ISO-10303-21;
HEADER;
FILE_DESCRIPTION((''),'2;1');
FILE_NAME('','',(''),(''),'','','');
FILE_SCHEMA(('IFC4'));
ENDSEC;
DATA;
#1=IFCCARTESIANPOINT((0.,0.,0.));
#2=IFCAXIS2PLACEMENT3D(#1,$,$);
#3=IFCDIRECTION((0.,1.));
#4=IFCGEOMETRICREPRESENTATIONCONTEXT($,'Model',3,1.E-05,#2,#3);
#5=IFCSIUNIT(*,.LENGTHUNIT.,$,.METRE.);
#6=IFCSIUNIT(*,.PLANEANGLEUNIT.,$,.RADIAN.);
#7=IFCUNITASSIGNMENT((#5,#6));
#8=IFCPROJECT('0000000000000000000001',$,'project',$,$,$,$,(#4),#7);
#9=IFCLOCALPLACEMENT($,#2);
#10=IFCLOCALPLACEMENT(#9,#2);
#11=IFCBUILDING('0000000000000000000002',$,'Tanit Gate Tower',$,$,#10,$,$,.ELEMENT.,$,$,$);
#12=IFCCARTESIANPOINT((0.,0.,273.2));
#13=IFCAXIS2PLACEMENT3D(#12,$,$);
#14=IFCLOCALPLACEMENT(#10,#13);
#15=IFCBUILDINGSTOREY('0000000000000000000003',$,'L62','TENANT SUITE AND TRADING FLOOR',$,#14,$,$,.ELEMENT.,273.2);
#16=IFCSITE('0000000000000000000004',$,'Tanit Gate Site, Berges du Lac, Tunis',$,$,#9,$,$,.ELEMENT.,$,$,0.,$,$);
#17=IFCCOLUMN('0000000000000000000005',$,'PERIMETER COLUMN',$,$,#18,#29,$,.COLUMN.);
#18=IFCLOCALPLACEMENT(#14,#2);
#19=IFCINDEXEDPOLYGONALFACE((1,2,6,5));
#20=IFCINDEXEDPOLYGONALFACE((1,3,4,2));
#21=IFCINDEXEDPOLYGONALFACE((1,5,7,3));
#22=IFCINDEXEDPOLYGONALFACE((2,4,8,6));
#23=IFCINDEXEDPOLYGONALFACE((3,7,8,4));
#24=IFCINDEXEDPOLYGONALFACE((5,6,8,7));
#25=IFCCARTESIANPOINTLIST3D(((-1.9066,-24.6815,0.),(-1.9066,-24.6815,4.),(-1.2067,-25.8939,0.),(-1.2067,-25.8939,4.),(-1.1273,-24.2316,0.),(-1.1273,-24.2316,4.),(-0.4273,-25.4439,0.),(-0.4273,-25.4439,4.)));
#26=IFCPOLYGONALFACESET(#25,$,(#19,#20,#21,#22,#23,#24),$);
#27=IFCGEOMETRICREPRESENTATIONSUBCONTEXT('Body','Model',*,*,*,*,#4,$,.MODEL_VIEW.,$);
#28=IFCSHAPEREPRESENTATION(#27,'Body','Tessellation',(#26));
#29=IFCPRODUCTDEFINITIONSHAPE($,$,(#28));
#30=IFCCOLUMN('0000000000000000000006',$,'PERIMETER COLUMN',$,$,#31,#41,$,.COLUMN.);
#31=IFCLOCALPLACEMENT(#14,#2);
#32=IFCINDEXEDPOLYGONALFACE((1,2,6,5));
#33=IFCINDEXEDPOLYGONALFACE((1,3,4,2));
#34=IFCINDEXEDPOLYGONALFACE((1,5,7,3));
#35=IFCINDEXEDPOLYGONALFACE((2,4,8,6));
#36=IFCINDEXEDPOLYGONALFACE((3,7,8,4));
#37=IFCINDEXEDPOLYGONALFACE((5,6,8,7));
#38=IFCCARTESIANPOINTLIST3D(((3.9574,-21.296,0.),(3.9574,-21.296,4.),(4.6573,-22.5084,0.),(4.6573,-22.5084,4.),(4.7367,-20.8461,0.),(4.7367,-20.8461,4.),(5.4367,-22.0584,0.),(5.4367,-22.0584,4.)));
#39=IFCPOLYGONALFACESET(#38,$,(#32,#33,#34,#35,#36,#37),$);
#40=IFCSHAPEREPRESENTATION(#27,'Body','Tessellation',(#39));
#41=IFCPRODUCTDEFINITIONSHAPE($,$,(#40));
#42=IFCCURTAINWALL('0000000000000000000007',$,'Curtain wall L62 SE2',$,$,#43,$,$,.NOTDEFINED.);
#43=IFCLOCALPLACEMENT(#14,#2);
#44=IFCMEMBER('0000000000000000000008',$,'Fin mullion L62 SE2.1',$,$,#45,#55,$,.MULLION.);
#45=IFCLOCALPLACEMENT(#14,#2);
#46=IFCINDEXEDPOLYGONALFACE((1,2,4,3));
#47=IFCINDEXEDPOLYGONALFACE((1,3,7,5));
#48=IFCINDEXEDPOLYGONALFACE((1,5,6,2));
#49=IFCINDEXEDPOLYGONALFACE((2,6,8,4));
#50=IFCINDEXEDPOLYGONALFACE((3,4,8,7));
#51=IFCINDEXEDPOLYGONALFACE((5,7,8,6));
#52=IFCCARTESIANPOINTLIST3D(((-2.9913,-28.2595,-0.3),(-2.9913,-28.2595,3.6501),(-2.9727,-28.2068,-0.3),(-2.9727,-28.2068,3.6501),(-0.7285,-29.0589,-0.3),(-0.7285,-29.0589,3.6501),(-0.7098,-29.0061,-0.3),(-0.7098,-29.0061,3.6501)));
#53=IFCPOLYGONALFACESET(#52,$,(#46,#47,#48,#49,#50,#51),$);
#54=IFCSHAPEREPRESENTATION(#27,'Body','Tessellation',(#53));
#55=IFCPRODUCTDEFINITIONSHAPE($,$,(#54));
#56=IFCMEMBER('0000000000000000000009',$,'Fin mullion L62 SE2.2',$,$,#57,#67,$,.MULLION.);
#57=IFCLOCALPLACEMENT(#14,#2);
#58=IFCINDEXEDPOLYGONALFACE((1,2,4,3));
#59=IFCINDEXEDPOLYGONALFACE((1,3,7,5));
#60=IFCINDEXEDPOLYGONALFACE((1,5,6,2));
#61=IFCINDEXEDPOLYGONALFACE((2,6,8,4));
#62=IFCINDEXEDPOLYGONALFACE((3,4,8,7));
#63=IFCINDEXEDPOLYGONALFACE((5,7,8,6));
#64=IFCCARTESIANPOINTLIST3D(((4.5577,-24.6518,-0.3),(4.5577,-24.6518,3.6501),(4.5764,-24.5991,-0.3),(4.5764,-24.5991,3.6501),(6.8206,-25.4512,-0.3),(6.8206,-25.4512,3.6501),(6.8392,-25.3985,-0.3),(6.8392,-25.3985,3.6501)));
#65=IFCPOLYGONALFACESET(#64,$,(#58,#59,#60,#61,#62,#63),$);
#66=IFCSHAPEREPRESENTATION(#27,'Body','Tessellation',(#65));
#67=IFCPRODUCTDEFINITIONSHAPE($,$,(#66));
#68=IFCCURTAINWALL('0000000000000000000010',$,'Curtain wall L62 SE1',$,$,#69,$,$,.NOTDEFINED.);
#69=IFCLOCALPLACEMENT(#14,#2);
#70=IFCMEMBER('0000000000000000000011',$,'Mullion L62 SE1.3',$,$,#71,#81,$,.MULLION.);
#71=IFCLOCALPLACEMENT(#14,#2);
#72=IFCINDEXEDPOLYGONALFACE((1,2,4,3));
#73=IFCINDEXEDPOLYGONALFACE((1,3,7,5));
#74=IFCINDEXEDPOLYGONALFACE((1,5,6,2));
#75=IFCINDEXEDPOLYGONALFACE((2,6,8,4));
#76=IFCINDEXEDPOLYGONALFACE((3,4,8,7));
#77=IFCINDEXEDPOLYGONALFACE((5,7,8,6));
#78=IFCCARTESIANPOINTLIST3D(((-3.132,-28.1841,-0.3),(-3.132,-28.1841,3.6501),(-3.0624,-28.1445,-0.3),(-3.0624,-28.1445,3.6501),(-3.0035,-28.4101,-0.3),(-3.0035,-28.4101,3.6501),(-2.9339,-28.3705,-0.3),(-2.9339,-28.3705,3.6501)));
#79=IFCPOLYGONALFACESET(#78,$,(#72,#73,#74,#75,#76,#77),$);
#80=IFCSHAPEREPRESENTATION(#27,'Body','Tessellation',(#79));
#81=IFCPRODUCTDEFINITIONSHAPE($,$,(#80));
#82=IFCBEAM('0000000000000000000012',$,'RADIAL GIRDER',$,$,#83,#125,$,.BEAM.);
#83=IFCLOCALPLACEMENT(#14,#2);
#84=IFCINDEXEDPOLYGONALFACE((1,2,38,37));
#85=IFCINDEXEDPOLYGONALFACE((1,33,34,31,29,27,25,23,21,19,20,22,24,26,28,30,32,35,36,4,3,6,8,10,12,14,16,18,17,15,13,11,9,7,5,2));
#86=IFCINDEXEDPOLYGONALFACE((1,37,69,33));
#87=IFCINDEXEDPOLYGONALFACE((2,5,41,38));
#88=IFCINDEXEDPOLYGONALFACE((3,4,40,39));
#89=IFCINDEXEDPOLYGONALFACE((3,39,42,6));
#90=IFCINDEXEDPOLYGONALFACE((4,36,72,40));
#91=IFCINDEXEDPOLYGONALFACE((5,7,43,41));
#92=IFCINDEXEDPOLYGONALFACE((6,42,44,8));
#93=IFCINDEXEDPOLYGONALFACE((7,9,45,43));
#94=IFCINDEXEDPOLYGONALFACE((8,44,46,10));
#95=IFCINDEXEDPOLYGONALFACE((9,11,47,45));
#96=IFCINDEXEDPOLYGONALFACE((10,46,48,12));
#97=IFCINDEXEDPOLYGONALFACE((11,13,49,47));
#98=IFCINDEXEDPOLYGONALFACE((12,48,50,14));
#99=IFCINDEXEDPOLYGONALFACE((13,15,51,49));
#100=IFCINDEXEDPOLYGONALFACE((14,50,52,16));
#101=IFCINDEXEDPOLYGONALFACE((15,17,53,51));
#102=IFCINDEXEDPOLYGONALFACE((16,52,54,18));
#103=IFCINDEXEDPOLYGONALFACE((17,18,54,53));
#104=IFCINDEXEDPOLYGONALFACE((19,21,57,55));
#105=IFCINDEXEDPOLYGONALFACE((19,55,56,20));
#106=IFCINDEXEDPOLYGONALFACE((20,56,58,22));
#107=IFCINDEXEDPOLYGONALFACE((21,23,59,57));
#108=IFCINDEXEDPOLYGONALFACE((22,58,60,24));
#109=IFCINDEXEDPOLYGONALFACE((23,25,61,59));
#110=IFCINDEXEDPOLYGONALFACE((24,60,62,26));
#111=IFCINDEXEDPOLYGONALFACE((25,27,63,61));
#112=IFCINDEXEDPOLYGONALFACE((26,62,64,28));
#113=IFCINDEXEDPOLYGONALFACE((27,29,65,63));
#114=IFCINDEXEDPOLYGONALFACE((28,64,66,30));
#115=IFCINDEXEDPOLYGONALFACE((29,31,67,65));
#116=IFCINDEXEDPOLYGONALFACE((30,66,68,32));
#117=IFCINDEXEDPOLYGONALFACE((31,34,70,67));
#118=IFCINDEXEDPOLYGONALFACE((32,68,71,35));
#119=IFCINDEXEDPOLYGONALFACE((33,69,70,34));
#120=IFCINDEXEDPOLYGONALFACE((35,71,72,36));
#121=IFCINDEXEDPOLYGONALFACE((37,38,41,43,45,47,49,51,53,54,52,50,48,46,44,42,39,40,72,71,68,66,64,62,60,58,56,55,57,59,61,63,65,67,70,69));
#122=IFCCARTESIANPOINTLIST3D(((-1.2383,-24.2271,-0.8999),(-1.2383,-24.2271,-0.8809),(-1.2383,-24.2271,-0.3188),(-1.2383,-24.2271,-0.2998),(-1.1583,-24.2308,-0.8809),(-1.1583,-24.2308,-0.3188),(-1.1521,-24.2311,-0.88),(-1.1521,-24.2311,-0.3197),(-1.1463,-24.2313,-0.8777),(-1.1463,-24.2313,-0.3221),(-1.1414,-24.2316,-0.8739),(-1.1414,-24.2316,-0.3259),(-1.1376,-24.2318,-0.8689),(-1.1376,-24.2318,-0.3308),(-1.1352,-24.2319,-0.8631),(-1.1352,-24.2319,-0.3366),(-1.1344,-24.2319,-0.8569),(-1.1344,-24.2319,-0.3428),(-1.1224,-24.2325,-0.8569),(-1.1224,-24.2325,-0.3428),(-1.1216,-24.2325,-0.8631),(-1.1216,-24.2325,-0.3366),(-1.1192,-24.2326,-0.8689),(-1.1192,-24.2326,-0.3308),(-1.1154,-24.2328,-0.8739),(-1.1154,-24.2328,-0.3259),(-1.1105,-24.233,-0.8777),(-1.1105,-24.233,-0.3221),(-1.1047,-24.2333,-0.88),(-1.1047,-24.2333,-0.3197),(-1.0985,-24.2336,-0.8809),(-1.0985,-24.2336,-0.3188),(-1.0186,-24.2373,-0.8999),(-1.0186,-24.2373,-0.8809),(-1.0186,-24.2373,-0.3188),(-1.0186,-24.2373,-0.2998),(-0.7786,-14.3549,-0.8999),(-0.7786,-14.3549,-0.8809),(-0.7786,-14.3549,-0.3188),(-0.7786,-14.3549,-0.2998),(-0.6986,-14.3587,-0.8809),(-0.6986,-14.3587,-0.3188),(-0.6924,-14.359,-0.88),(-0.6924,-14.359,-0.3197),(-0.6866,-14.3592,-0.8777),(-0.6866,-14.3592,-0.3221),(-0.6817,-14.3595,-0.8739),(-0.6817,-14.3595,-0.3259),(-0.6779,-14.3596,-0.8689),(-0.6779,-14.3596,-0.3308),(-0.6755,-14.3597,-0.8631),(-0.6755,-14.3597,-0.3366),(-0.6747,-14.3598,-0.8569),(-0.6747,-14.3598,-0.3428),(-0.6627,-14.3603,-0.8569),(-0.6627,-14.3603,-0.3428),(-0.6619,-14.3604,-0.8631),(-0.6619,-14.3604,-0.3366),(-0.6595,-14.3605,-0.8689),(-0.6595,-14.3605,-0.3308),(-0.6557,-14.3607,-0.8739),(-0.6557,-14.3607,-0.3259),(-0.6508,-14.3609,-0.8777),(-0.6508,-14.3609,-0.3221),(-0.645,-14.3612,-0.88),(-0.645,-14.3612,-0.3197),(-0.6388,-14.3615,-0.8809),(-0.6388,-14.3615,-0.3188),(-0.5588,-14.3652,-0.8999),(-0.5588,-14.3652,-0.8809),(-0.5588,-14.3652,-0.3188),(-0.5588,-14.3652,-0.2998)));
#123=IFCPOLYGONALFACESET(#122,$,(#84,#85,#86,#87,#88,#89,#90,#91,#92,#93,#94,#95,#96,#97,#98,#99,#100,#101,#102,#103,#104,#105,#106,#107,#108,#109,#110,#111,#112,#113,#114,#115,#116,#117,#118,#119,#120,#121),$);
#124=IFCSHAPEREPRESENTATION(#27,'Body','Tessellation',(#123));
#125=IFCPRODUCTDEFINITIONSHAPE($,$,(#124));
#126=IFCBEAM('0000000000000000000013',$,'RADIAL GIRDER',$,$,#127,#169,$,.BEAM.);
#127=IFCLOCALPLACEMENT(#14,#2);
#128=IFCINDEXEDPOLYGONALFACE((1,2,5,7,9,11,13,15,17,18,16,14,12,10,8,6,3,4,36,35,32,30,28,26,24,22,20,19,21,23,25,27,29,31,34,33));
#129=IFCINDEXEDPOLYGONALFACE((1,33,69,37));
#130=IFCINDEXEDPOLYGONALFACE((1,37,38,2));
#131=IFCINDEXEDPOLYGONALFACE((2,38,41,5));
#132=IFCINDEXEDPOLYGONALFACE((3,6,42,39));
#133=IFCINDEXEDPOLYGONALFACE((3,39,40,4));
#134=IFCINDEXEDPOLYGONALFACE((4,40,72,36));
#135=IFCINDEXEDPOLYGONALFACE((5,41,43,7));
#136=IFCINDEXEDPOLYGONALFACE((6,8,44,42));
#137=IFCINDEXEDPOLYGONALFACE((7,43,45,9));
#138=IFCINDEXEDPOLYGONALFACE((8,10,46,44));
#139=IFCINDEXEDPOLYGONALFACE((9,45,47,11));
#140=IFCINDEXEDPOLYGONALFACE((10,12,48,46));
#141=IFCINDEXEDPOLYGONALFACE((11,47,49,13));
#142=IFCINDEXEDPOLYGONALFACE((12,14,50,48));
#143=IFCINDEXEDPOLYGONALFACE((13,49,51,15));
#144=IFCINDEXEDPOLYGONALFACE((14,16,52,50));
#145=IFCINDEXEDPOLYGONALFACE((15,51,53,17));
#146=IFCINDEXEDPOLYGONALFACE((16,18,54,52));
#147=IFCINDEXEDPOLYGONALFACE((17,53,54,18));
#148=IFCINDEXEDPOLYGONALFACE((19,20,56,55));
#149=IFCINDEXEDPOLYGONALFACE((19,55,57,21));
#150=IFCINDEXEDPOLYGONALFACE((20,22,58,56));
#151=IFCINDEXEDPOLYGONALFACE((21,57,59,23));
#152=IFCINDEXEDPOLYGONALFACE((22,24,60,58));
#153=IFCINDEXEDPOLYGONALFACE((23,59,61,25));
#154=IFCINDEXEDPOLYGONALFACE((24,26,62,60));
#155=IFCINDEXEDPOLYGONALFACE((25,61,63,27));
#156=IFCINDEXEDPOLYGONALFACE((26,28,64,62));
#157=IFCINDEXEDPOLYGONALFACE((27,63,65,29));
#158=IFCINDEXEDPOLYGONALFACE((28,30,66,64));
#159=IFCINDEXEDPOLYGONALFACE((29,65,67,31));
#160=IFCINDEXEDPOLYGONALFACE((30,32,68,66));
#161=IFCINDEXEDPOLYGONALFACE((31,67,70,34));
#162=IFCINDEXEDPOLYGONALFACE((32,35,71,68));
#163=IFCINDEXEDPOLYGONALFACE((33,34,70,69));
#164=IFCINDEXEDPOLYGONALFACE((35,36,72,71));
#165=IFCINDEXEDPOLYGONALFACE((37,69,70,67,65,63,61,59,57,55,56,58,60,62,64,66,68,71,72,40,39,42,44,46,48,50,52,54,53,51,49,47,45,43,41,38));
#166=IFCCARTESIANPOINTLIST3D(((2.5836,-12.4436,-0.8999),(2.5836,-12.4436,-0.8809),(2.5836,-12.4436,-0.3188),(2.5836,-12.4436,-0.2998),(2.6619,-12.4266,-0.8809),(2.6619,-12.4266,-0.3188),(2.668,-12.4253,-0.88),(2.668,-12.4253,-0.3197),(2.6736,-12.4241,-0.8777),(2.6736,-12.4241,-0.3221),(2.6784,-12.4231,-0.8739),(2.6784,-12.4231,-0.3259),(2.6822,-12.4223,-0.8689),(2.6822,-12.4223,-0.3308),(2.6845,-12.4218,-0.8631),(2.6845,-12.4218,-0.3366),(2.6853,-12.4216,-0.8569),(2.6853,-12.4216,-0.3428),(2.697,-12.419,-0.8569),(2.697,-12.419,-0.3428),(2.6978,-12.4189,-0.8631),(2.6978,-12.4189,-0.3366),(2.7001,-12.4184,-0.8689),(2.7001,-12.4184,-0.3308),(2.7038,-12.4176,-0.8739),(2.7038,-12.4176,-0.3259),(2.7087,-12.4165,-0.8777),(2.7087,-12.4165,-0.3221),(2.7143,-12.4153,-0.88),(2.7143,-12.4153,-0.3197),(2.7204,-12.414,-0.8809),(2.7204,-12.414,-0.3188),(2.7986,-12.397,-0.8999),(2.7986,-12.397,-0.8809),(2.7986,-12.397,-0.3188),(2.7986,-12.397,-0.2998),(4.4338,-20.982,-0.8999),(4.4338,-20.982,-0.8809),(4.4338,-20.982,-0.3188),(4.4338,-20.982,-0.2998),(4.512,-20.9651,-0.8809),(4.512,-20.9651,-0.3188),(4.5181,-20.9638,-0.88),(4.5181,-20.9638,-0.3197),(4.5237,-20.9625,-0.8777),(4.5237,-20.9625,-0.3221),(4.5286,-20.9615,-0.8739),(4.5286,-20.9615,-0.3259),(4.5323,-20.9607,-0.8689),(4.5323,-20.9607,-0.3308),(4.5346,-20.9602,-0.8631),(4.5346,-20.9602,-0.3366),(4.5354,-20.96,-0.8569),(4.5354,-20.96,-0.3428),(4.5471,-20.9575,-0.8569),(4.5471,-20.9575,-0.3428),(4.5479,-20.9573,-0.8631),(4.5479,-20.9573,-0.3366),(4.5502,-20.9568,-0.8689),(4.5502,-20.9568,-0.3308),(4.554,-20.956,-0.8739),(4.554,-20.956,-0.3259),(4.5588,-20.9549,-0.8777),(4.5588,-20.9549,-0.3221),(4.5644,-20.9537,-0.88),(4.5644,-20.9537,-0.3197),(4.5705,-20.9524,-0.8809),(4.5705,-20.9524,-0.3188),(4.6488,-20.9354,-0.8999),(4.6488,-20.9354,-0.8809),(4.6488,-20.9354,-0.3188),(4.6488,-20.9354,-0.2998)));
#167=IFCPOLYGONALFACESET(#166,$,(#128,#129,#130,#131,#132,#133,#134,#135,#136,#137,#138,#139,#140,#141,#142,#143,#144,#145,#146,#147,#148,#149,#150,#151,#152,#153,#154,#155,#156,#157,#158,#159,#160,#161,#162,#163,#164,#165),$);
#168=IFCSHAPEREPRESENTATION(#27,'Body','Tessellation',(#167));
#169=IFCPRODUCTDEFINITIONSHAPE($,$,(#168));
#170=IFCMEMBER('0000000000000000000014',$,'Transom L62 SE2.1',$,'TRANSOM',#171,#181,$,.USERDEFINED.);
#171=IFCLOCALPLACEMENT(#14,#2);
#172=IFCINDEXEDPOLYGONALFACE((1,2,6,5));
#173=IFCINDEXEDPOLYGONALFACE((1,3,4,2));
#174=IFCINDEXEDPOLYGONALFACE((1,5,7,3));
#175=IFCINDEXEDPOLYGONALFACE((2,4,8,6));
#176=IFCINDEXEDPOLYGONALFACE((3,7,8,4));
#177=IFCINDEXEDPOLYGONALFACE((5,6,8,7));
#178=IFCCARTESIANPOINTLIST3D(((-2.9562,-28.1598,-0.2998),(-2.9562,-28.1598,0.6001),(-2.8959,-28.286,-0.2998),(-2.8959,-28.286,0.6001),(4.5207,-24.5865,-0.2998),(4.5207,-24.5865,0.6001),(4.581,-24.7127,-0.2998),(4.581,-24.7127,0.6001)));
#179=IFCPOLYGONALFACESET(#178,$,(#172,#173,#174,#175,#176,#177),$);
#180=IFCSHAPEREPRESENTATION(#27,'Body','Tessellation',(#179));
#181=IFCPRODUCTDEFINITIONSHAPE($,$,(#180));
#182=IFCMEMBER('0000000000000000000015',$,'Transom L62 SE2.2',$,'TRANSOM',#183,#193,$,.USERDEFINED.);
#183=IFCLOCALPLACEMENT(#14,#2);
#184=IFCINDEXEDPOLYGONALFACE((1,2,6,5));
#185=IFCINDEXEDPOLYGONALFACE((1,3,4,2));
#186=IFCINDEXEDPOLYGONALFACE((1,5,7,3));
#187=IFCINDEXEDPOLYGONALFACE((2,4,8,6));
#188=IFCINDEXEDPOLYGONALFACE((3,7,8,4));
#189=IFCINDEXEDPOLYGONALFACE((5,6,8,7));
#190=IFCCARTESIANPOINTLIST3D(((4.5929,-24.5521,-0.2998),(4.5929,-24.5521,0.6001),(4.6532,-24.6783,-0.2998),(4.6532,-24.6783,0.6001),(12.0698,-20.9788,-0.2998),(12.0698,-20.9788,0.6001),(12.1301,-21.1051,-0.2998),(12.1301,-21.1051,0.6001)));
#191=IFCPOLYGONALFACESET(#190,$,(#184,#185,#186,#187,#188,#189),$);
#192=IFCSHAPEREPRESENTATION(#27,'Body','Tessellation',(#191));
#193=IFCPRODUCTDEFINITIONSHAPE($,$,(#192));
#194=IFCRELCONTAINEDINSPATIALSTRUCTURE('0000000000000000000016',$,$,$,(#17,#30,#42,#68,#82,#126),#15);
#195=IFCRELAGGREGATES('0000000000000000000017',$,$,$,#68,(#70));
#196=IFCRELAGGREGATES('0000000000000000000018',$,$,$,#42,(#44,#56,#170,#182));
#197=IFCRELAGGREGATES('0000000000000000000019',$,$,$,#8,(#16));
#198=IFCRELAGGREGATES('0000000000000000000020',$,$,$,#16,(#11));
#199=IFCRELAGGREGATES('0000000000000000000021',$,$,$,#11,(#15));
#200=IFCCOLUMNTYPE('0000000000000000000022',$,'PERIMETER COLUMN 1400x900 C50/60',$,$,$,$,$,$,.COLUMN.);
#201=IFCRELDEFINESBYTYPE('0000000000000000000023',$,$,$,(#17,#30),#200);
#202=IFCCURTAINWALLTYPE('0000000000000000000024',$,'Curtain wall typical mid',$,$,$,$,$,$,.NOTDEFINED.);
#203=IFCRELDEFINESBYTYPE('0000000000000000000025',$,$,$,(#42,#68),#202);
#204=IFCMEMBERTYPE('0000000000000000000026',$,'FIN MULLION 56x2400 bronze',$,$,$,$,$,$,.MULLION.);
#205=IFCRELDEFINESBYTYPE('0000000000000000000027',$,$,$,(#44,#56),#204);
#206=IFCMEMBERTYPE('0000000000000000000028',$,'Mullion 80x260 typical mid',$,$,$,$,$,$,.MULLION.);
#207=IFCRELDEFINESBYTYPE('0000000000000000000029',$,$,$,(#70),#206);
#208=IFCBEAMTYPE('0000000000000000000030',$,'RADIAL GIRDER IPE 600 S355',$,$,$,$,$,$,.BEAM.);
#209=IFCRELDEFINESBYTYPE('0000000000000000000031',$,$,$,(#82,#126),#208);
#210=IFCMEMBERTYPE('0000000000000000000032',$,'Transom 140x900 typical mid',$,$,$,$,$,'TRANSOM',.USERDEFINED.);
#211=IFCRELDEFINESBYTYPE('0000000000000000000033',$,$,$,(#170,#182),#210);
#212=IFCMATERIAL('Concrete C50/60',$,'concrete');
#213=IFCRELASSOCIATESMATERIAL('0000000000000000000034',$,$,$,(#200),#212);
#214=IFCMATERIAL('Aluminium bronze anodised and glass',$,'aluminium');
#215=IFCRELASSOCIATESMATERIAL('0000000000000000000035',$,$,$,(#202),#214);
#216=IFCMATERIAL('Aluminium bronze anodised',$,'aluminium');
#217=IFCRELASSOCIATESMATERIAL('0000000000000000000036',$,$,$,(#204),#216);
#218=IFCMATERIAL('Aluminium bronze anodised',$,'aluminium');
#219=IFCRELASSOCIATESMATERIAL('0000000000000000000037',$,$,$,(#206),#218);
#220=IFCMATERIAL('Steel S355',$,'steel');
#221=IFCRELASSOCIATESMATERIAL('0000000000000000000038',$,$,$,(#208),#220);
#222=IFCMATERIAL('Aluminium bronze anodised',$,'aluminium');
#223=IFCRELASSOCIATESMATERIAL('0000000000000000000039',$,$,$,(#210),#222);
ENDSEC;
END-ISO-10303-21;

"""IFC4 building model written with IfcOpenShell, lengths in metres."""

from ifc_helpers import new_model, si_unit, direction, frame, origin, origin_2d, place, context, subcontext, project, spatial, rectangle, i_section, extrude, material, material_profile, profile_set, type_object, element, aggregate, save


model = new_model("IFC4")

# Units and contexts
model_context = context("Model", 3, precision=1e-05, world=origin(), true_north=direction((0.0, 1.0)))
body_context = subcontext(model_context, "Body", "Model", "MODEL_VIEW")
ifc_project = project(units=[si_unit("LENGTHUNIT", "METRE"), si_unit("PLANEANGLEUNIT", "RADIAN")], contexts=[model_context])

# Site, building, storey
site_placement = place(None, origin())
site = spatial("IfcSite", under=ifc_project, at=site_placement, Name="Tanit Gate Site, Berges du Lac, Tunis", CompositionType="ELEMENT", RefElevation=0.0)
building_placement = place(site_placement, origin())
building = spatial("IfcBuilding", under=site, at=building_placement, Name="Tanit Gate Tower", CompositionType="ELEMENT")
storey_placement = place(building_placement, frame((0.0, 0.0, 273.2)))
storey = spatial("IfcBuildingStorey", under=building, at=storey_placement, Name="L62", Description="TENANT SUITE AND TRADING FLOOR", CompositionType="ELEMENT", Elevation=273.2)

# Columns
ifc_material_1 = material(Name="Concrete C50/60", Category="concrete")
ifc_material_profile_1 = material_profile(ifc_material_1, rectangle(XDim=1.3999, YDim=0.8999, at=origin_2d()), Name="RC 1400x900")
ifc_profile_set_1 = profile_set([ifc_material_profile_1], Name="Concrete C50/60")
column_type = type_object("IfcColumnType", Name="PERIMETER COLUMN 1400x900 C50/60", PredefinedType="COLUMN", material=ifc_profile_set_1)
for number, where, z_axis, x_axis, name in (
    (1, (-1.167, -25.0627, 0.0), (0.0, 0.0, 1.0), (0.5, -0.866025, 0.0), "PERIMETER COLUMN"),
    (2, (4.697, -21.6772, 0.0), (0.0, 0.0, 1.0), (0.5, -0.866025, 0.0), "PERIMETER COLUMN"),
):
    element("IfcColumn", number, at=place(storey_placement, frame(where, z_axis=z_axis, x_axis=x_axis)), inside=storey, type_object=column_type, Name=name, PredefinedType="COLUMN", context=body_context, shape_type="SweptSolid", body=[
        extrude(rectangle(XDim=1.3999, YDim=0.8999, at=origin_2d()), origin(), (0.0, 0.0, 1.0), 4.0),
    ])

# Curtain wall, members
ifc_material_2 = material(Name="Aluminium bronze anodised and glass", Category="aluminium")
curtain_wall_type = type_object("IfcCurtainWallType", Name="Curtain wall typical mid", PredefinedType="NOTDEFINED", material=ifc_material_2)
curtain_wall_1_placement = place(storey_placement, origin())
curtain_wall_1 = element("IfcCurtainWall", 3, at=curtain_wall_1_placement, inside=storey, type_object=curtain_wall_type, Name="Curtain wall L62 SE2", PredefinedType="NOTDEFINED")
ifc_material_3 = material(Name="Aluminium bronze anodised", Category="aluminium")
ifc_material_profile_2 = material_profile(ifc_material_3, rectangle(XDim=2.3999, YDim=0.0559, at=origin_2d()), Name="56x2400 bronze fin mullion")
ifc_profile_set_2 = profile_set([ifc_material_profile_2], Name="Aluminium bronze anodised")
member_type_1 = type_object("IfcMemberType", Name="FIN MULLION 56x2400 bronze", PredefinedType="MULLION", material=ifc_profile_set_2)
member_1_placement = place(storey_placement, frame((-1.8506, -28.6328, -0.3), z_axis=(0.0, 0.0, 1.0), x_axis=(-0.942895, 0.33309, 0.0)))
member_1 = element("IfcMember", 4, at=member_1_placement, type_object=member_type_1, Name="Fin mullion L62 SE2.1", PredefinedType="MULLION", context=body_context, shape_type="SweptSolid", body=[
    extrude(rectangle(XDim=2.3999, YDim=0.0559, at=origin_2d()), origin(), (0.0, 0.0, 1.0), 3.9502),
])
member_2_placement = place(storey_placement, frame((5.6985, -25.0251, -0.3), z_axis=(0.0, 0.0, 1.0), x_axis=(-0.942895, 0.33309, 0.0)))
member_2 = element("IfcMember", 5, at=member_2_placement, type_object=member_type_1, Name="Fin mullion L62 SE2.2", PredefinedType="MULLION", context=body_context, shape_type="SweptSolid", body=[
    extrude(rectangle(XDim=2.3999, YDim=0.0559, at=origin_2d()), origin(), (0.0, 0.0, 1.0), 3.9502),
])

# Curtain wall, member
curtain_wall_2_placement = place(storey_placement, origin())
curtain_wall_2 = element("IfcCurtainWall", 6, at=curtain_wall_2_placement, inside=storey, type_object=curtain_wall_type, Name="Curtain wall L62 SE1", PredefinedType="NOTDEFINED")
ifc_material_4 = material(Name="Aluminium bronze anodised", Category="aluminium")
ifc_material_profile_3 = material_profile(ifc_material_4, rectangle(XDim=0.26, YDim=0.0801, at=origin_2d()), Name="80x260 bronze mullion")
ifc_profile_set_3 = profile_set([ifc_material_profile_3], Name="Aluminium bronze anodised")
member_type_2 = type_object("IfcMemberType", Name="Mullion 80x260 typical mid", PredefinedType="MULLION", material=ifc_profile_set_3)
member_3_placement = place(storey_placement, frame((-3.033, -28.2773, -0.3), z_axis=(0.0, 0.0, 1.0), x_axis=(-0.49447, 0.869195, 0.0)))
member_3 = element("IfcMember", 7, at=member_3_placement, type_object=member_type_2, Name="Mullion L62 SE1.3", PredefinedType="MULLION", context=body_context, shape_type="SweptSolid", body=[
    extrude(rectangle(XDim=0.26, YDim=0.0801, at=origin_2d()), origin(), (0.0, 0.0, 1.0), 3.9502),
])
aggregate(curtain_wall_2, [member_3])

# Beams
ifc_material_5 = material(Name="Steel S355", Category="steel")
ifc_material_profile_4 = material_profile(ifc_material_5, i_section(OverallWidth=0.22, OverallDepth=0.6001, WebThickness=0.012, FlangeThickness=0.019, FilletRadius=0.0239, at=origin_2d()), Name="IPE 600")
ifc_profile_set_4 = profile_set([ifc_material_profile_4], Name="Steel S355")
beam_type = type_object("IfcBeamType", Name="RADIAL GIRDER IPE 600 S355", PredefinedType="BEAM", material=ifc_profile_set_4)
beam_1_placement = place(storey_placement, frame((-1.1284, -24.2322, -0.5999), z_axis=(0.046517, 0.998917, 0.0), x_axis=(-0.998917, 0.046517, 0.0)))
element("IfcBeam", 8, at=beam_1_placement, inside=storey, type_object=beam_type, Name="RADIAL GIRDER", PredefinedType="BEAM", context=body_context, shape_type="SweptSolid", body=[
    extrude(i_section(OverallWidth=0.22, OverallDepth=0.6001, WebThickness=0.012, FlangeThickness=0.019, FilletRadius=0.0239, at=origin_2d()), origin(), (0.0, 0.0, 1.0), 9.8828),
])
beam_2_placement = place(storey_placement, frame((4.5413, -20.9587, -0.5999), z_axis=(-0.211767, 0.97732, 0.0), x_axis=(-0.97732, -0.211767, 0.0)))
element("IfcBeam", 9, at=beam_2_placement, inside=storey, type_object=beam_type, Name="RADIAL GIRDER", PredefinedType="BEAM", context=body_context, shape_type="SweptSolid", body=[
    extrude(i_section(OverallWidth=0.22, OverallDepth=0.6001, WebThickness=0.012, FlangeThickness=0.019, FilletRadius=0.0239, at=origin_2d()), origin(), (0.0, 0.0, 1.0), 8.7366),
])

# Members
ifc_material_6 = material(Name="Aluminium bronze anodised", Category="aluminium")
ifc_material_profile_5 = material_profile(ifc_material_6, rectangle(XDim=0.1399, YDim=0.8999, at=origin_2d()), Name="140x900 bronze transom")
ifc_profile_set_5 = profile_set([ifc_material_profile_5], Name="Aluminium bronze anodised")
member_type_3 = type_object("IfcMemberType", Name="Transom 140x900 typical mid", ElementType="TRANSOM", PredefinedType="USERDEFINED", material=ifc_profile_set_5)
member_4_placement = place(storey_placement, frame((-2.926, -28.2229, 0.1501), z_axis=(0.902257, 0.431198, 0.0), x_axis=(-0.431198, 0.902257, 0.0)))
member_4 = element("IfcMember", 10, at=member_4_placement, type_object=member_type_3, Name="Transom L62 SE2.1", ObjectType="TRANSOM", PredefinedType="USERDEFINED", context=body_context, shape_type="SweptSolid", body=[
    extrude(rectangle(XDim=0.1399, YDim=0.8999, at=origin_2d()), origin(), (0.0, 0.0, 1.0), 8.2869),
])
member_5_placement = place(storey_placement, frame((4.623, -24.6152, 0.1501), z_axis=(0.902257, 0.431198, 0.0), x_axis=(-0.431198, 0.902257, 0.0)))
member_5 = element("IfcMember", 11, at=member_5_placement, type_object=member_type_3, Name="Transom L62 SE2.2", ObjectType="TRANSOM", PredefinedType="USERDEFINED", context=body_context, shape_type="SweptSolid", body=[
    extrude(rectangle(XDim=0.1399, YDim=0.8999, at=origin_2d()), origin(), (0.0, 0.0, 1.0), 8.2869),
])

aggregate(curtain_wall_1, [member_1, member_2, member_4, member_5])

save(model, "model.ifc")
